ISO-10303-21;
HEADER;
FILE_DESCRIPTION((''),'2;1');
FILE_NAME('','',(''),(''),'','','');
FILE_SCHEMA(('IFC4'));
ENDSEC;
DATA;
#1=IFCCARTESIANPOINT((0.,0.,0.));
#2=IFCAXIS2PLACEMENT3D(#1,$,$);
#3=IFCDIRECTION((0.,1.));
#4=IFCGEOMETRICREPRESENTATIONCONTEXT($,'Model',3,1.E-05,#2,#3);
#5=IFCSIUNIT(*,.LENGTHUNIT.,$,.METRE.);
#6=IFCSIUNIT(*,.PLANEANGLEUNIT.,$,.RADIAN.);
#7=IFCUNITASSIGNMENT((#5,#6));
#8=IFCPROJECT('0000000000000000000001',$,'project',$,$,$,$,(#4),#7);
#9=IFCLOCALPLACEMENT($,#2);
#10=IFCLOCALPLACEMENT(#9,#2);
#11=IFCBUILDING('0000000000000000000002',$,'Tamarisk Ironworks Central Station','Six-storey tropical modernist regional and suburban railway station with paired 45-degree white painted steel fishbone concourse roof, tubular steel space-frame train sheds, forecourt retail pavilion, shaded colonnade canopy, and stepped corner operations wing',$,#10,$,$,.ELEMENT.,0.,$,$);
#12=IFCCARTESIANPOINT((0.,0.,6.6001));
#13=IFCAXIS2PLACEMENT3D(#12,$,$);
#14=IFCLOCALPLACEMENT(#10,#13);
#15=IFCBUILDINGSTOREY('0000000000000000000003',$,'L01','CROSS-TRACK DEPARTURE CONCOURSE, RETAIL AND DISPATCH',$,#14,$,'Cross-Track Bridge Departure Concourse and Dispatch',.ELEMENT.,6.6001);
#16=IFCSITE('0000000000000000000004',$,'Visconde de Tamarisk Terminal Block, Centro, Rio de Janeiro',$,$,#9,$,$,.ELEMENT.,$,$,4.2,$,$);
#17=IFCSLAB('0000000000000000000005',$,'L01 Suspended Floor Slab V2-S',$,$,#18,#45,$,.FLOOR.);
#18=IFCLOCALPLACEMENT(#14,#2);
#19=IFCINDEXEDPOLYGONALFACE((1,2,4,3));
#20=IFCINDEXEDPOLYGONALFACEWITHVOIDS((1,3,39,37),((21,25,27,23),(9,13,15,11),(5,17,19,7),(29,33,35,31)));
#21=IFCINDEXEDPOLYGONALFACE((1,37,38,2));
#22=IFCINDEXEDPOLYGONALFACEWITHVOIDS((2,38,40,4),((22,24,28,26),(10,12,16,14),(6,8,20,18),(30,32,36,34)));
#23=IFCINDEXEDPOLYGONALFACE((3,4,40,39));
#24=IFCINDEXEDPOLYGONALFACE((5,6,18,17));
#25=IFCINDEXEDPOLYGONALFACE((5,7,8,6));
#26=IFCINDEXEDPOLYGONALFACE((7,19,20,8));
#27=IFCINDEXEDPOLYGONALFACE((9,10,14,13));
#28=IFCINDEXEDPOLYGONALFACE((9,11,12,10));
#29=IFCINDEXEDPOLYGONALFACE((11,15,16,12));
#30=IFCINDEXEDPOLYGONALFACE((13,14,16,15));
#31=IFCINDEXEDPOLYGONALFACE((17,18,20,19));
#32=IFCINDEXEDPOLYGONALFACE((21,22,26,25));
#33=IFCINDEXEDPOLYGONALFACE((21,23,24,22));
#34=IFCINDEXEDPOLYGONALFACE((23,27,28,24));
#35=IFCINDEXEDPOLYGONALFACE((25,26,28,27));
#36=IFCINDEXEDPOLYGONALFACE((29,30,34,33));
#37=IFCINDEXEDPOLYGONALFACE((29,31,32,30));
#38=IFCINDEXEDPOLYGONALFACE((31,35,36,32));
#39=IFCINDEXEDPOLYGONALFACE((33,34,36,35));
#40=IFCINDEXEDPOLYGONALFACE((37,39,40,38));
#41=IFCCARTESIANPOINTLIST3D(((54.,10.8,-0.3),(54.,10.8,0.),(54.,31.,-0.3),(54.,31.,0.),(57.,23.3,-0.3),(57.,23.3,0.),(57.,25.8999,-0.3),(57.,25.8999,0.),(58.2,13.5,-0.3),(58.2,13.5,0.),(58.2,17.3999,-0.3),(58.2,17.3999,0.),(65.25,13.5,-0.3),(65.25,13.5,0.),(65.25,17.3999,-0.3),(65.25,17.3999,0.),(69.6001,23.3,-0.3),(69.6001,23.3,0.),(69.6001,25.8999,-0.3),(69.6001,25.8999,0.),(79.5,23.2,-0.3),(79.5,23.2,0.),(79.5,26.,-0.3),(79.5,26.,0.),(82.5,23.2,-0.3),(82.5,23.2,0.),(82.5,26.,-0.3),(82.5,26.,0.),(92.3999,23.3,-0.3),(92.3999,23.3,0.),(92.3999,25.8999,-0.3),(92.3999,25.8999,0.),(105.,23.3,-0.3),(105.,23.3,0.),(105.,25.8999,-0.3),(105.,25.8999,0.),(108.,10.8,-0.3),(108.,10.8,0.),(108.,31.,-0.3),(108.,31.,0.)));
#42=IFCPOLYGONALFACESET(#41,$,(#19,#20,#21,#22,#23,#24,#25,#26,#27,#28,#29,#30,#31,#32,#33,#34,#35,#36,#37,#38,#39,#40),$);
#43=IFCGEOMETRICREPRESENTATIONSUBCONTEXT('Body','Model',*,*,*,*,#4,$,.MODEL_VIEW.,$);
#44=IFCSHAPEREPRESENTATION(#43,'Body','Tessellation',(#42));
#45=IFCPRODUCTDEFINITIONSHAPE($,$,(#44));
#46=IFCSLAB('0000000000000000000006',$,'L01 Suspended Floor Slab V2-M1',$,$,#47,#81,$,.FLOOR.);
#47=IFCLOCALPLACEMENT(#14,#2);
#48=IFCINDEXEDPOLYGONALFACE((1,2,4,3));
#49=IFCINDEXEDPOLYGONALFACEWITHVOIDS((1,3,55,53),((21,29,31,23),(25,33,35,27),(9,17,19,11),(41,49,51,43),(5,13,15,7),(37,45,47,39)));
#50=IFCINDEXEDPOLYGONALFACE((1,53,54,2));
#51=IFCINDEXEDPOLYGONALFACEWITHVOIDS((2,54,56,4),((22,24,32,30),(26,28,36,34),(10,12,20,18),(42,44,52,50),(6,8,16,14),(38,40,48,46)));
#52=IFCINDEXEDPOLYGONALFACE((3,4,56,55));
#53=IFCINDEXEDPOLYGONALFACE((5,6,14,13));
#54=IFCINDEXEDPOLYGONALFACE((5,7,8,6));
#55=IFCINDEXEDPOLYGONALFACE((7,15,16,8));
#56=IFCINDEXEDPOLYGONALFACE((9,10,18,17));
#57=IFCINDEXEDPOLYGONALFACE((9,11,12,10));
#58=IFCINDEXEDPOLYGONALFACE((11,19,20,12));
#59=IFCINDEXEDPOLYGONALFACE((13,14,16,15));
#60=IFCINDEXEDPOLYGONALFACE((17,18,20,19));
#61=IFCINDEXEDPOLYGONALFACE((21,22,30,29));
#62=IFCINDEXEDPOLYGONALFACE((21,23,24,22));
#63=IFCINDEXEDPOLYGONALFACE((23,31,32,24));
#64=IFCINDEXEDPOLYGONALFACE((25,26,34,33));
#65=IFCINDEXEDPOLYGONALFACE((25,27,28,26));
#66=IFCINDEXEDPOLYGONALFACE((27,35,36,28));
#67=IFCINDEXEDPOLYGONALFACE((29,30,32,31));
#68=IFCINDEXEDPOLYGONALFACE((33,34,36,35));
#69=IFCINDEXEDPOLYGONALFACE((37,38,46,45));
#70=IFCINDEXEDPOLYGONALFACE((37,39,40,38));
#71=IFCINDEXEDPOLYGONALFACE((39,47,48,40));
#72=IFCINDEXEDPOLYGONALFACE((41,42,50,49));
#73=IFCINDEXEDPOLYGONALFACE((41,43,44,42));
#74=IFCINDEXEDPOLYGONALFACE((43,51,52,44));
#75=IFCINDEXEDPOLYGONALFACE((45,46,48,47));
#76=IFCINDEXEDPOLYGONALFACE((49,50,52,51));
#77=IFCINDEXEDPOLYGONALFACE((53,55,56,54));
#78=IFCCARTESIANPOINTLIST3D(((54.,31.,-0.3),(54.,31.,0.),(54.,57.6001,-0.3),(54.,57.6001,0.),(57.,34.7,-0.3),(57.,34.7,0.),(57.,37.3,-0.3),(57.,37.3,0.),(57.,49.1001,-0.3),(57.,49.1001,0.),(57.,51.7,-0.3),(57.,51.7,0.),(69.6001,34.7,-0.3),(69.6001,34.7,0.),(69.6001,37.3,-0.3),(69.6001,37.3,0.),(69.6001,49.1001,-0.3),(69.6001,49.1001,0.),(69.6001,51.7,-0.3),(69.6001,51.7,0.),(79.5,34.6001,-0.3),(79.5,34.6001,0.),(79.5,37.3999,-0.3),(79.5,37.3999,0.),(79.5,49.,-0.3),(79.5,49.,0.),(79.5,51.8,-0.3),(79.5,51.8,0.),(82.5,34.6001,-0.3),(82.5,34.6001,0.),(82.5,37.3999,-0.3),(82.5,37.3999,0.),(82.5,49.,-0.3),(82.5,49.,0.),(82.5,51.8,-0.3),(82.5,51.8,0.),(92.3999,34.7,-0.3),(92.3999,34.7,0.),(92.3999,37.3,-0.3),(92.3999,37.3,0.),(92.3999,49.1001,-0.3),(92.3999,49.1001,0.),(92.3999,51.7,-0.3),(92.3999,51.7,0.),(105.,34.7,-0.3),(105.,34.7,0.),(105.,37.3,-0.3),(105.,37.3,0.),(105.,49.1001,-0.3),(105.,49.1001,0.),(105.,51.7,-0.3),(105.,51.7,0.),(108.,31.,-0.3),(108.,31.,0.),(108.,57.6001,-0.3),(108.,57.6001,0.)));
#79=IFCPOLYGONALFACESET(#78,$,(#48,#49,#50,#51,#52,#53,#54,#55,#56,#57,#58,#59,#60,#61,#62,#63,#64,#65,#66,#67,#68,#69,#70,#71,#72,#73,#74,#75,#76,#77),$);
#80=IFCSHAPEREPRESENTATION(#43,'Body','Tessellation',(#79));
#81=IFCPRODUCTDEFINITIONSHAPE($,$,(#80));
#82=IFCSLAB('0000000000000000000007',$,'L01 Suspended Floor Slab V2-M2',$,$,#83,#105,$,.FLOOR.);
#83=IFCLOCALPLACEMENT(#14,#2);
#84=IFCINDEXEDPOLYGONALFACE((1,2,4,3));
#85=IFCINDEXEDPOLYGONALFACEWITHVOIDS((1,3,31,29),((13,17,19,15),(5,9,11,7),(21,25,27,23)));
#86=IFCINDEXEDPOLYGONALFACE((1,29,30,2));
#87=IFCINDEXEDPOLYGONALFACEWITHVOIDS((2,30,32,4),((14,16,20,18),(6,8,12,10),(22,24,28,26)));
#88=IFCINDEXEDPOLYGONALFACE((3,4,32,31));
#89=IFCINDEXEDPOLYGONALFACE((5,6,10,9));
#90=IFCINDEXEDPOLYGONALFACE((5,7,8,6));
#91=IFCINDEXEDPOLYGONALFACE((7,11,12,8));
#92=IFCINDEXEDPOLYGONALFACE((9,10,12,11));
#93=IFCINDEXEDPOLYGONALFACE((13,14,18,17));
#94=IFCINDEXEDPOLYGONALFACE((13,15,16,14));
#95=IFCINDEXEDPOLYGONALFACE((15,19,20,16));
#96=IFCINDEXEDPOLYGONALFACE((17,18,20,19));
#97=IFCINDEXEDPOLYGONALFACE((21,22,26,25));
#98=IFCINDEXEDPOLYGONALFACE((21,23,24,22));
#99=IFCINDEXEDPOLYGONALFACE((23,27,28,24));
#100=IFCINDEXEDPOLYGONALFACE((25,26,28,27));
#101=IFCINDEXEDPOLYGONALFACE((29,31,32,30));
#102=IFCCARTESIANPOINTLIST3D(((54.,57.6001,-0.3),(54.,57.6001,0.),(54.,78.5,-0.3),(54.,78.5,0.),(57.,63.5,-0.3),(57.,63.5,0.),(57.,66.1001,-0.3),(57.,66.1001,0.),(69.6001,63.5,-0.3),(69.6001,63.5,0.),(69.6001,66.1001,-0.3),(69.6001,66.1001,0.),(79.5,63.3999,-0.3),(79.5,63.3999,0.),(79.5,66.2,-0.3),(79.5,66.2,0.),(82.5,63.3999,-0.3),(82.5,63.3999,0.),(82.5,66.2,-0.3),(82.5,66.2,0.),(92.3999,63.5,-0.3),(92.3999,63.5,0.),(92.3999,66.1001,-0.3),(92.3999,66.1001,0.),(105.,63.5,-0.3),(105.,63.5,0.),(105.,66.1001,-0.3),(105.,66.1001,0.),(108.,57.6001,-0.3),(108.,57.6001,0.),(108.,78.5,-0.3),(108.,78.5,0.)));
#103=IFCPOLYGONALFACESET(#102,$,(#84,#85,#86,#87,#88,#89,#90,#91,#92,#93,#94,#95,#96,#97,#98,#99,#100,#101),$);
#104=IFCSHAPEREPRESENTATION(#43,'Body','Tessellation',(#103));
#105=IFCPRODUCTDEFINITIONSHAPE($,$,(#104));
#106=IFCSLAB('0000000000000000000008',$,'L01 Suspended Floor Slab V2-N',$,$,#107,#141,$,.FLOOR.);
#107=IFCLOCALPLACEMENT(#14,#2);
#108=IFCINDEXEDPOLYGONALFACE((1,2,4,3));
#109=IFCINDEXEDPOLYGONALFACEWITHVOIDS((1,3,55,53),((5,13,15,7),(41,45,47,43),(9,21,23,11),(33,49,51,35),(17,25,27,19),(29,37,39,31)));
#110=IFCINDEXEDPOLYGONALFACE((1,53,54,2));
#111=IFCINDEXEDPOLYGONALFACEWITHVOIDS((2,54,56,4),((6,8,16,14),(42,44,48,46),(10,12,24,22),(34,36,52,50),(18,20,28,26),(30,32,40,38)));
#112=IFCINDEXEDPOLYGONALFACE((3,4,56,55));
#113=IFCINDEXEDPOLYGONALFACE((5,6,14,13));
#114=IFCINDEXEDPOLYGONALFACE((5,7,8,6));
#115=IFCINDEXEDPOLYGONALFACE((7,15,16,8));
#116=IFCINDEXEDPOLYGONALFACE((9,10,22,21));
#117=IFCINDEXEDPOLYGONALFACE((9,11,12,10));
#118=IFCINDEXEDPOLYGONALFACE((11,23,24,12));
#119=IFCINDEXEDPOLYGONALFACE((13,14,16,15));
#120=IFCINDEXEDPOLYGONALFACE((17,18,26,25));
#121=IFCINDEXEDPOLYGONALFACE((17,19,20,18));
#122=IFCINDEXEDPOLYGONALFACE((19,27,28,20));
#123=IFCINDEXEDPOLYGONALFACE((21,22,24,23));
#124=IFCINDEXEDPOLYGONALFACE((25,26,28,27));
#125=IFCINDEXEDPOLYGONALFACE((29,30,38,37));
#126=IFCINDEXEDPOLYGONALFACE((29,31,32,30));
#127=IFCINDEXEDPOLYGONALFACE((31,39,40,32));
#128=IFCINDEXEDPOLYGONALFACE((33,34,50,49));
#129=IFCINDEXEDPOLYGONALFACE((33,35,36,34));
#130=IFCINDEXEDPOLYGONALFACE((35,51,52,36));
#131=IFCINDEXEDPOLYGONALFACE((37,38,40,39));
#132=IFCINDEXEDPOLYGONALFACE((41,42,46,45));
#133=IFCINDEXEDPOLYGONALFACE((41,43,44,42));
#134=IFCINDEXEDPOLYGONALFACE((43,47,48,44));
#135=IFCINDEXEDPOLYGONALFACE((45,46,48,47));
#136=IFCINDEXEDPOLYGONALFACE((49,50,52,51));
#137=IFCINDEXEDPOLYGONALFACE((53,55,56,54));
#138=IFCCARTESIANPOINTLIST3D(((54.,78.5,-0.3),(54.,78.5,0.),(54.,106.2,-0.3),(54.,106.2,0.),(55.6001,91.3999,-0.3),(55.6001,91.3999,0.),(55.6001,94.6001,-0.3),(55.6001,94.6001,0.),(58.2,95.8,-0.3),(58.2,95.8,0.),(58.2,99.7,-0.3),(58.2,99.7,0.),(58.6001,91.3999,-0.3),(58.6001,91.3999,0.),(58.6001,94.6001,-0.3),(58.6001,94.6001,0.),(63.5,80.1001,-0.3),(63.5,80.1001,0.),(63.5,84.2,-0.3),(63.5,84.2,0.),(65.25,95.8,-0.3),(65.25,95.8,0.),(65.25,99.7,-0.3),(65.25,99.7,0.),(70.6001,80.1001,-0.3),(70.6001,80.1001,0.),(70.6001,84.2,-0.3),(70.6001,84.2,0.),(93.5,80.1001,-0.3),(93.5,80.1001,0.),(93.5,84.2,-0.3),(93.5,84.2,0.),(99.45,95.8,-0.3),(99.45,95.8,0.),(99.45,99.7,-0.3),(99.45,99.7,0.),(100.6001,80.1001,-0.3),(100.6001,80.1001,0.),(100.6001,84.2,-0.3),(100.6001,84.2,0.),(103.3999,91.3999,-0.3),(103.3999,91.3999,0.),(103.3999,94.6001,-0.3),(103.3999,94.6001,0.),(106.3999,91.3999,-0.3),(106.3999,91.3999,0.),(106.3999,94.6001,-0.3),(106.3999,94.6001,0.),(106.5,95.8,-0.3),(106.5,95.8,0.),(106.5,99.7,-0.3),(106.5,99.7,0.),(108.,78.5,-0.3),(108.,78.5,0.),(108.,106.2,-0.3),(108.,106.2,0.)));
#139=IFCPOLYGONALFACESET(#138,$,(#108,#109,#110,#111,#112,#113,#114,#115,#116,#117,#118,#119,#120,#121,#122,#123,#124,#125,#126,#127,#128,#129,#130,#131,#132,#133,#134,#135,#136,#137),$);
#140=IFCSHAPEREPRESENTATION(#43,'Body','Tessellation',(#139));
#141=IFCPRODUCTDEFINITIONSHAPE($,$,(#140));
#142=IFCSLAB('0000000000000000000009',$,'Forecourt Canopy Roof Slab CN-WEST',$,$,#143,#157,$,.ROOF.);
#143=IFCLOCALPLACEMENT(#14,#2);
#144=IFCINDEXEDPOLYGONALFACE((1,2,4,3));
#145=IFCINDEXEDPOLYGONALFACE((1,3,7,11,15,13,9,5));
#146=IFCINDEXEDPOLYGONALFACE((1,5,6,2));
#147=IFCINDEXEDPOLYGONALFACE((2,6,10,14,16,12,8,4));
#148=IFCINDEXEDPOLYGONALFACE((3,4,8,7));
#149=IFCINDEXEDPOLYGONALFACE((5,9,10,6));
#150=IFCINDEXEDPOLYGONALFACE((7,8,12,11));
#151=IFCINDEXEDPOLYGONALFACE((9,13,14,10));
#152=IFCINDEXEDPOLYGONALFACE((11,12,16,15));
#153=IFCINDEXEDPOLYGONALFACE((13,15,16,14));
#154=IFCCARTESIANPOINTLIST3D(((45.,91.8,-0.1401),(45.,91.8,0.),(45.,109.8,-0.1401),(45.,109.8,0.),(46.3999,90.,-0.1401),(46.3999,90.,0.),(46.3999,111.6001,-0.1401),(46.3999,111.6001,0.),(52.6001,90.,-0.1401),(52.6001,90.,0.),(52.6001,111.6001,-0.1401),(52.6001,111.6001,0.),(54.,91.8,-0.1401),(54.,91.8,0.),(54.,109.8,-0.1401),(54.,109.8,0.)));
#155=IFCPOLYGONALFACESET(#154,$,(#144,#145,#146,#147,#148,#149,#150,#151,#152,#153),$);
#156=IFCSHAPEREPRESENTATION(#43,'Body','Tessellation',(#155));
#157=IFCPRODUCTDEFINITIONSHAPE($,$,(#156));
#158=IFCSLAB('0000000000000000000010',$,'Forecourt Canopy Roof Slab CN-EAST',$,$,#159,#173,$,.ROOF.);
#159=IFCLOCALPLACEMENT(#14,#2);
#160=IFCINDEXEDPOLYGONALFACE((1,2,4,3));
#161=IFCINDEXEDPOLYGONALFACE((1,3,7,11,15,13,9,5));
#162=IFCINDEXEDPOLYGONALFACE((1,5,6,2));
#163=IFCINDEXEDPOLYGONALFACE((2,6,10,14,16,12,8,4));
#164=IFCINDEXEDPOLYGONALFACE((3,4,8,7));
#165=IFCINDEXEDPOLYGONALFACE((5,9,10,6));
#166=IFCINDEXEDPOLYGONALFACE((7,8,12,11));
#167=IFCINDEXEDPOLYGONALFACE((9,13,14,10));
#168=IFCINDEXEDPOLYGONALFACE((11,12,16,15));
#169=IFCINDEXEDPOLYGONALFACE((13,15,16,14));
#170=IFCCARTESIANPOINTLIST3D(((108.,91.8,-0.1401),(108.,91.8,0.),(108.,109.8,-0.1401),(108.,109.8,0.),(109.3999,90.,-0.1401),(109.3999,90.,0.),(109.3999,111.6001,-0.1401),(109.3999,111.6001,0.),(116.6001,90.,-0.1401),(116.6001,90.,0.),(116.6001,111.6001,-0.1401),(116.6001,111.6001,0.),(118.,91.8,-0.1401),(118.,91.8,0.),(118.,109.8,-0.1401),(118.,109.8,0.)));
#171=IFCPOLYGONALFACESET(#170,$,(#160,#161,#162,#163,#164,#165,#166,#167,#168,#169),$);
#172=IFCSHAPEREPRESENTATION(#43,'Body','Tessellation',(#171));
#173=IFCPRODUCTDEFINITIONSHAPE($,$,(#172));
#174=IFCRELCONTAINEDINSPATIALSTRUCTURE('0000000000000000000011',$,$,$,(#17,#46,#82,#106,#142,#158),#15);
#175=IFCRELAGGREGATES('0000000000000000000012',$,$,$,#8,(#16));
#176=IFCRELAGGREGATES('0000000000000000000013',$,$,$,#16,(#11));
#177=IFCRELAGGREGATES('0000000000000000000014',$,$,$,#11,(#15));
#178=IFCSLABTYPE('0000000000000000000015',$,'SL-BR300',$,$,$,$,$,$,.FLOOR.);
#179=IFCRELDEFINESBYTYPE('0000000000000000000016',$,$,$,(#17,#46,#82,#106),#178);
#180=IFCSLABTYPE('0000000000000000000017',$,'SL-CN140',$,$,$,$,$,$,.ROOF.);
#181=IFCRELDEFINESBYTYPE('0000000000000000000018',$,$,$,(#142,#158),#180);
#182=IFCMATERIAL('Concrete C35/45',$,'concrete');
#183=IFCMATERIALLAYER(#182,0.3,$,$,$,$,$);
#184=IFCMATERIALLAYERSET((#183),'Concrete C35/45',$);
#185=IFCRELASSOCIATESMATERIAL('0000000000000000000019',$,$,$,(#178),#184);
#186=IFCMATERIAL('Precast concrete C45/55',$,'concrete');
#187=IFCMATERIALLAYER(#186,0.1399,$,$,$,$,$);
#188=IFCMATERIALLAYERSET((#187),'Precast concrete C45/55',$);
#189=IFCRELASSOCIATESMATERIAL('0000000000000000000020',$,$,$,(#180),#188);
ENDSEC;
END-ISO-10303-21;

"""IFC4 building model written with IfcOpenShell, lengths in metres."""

from ifc_helpers import new_model, si_unit, direction, frame, origin, place, context, subcontext, project, spatial, polyline, outline, extrude, material, layer, layer_set, type_object, element, save


model = new_model("IFC4")

# Units and contexts
model_context = context("Model", 3, precision=1e-05, world=origin(), true_north=direction((0.0, 1.0)))
body_context = subcontext(model_context, "Body", "Model", "MODEL_VIEW")
ifc_project = project(units=[si_unit("LENGTHUNIT", "METRE"), si_unit("PLANEANGLEUNIT", "RADIAN")], contexts=[model_context])

# Site, building, storey
site_placement = place(None, origin())
site = spatial("IfcSite", under=ifc_project, at=site_placement, Name="Visconde de Tamarisk Terminal Block, Centro, Rio de Janeiro", CompositionType="ELEMENT", RefElevation=4.2)
building_placement = place(site_placement, origin())
building = spatial("IfcBuilding", under=site, at=building_placement, Name="Tamarisk Ironworks Central Station", Description="Six-storey tropical modernist regional and suburban railway station with paired 45-degree white painted steel fishbone concourse roof, tubular steel space-frame train sheds, forecourt retail pavilion, shaded colonnade canopy, and stepped corner operations wing", CompositionType="ELEMENT", ElevationOfRefHeight=0.0)
storey_placement = place(building_placement, frame((0.0, 0.0, 6.6001)))
storey = spatial("IfcBuildingStorey", under=building, at=storey_placement, Name="L01", Description="CROSS-TRACK DEPARTURE CONCOURSE, RETAIL AND DISPATCH", LongName="Cross-Track Bridge Departure Concourse and Dispatch", CompositionType="ELEMENT", Elevation=6.6001)

# Slabs
ifc_material_1 = material(Name="Concrete C35/45", Category="concrete")
ifc_layer_1 = layer(ifc_material_1, 0.3)
ifc_layer_set_1 = layer_set([ifc_layer_1], Name="Concrete C35/45")
slab_type_1 = type_object("IfcSlabType", Name="SL-BR300", PredefinedType="FLOOR", material=ifc_layer_set_1)
slab_1_placement = place(storey_placement, frame((0.0, 0.0, -0.3)))
element("IfcSlab", 1, at=slab_1_placement, inside=storey, type_object=slab_type_1, Name="L01 Suspended Floor Slab V2-S", PredefinedType="FLOOR", context=body_context, shape_type="SweptSolid", body=[
    extrude(outline(polyline([(54.0, 10.8), (108.0, 10.8), (108.0, 31.0), (54.0, 31.0), (54.0, 10.8)]), holes=[polyline([(58.2, 13.5), (65.25, 13.5), (65.25, 17.3999), (58.2, 17.3999), (58.2, 13.5)]), polyline([(79.5, 23.2), (82.5, 23.2), (82.5, 26.0), (79.5, 26.0), (79.5, 23.2)]), polyline([(57.0, 23.3), (69.6001, 23.3), (69.6001, 25.8999), (57.0, 25.8999), (57.0, 23.3)]), polyline([(92.3999, 23.3), (105.0, 23.3), (105.0, 25.8999), (92.3999, 25.8999), (92.3999, 23.3)])]), origin(), (0.0, 0.0, 1.0), 0.3),
])
slab_2_placement = place(storey_placement, frame((0.0, 0.0, -0.3)))
element("IfcSlab", 2, at=slab_2_placement, inside=storey, type_object=slab_type_1, Name="L01 Suspended Floor Slab V2-M1", PredefinedType="FLOOR", context=body_context, shape_type="SweptSolid", body=[
    extrude(outline(polyline([(54.0, 31.0), (108.0, 31.0), (108.0, 57.6001), (54.0, 57.6001), (54.0, 31.0)]), holes=[polyline([(79.5, 34.6001), (82.5, 34.6001), (82.5, 37.3999), (79.5, 37.3999), (79.5, 34.6001)]), polyline([(79.5, 49.0), (82.5, 49.0), (82.5, 51.8), (79.5, 51.8), (79.5, 49.0)]), polyline([(57.0, 34.7), (69.6001, 34.7), (69.6001, 37.3), (57.0, 37.3), (57.0, 34.7)]), polyline([(92.3999, 34.7), (105.0, 34.7), (105.0, 37.3), (92.3999, 37.3), (92.3999, 34.7)]), polyline([(57.0, 49.1001), (69.6001, 49.1001), (69.6001, 51.7), (57.0, 51.7), (57.0, 49.1001)]), polyline([(92.3999, 49.1001), (105.0, 49.1001), (105.0, 51.7), (92.3999, 51.7), (92.3999, 49.1001)])]), origin(), (0.0, 0.0, 1.0), 0.3),
])
slab_3_placement = place(storey_placement, frame((0.0, 0.0, -0.3)))
element("IfcSlab", 3, at=slab_3_placement, inside=storey, type_object=slab_type_1, Name="L01 Suspended Floor Slab V2-M2", PredefinedType="FLOOR", context=body_context, shape_type="SweptSolid", body=[
    extrude(outline(polyline([(54.0, 57.6001), (108.0, 57.6001), (108.0, 78.5), (54.0, 78.5), (54.0, 57.6001)]), holes=[polyline([(79.5, 63.3999), (82.5, 63.3999), (82.5, 66.2), (79.5, 66.2), (79.5, 63.3999)]), polyline([(57.0, 63.5), (69.6001, 63.5), (69.6001, 66.1001), (57.0, 66.1001), (57.0, 63.5)]), polyline([(92.3999, 63.5), (105.0, 63.5), (105.0, 66.1001), (92.3999, 66.1001), (92.3999, 63.5)])]), origin(), (0.0, 0.0, 1.0), 0.3),
])
slab_4_placement = place(storey_placement, frame((0.0, 0.0, -0.3)))
element("IfcSlab", 4, at=slab_4_placement, inside=storey, type_object=slab_type_1, Name="L01 Suspended Floor Slab V2-N", PredefinedType="FLOOR", context=body_context, shape_type="SweptSolid", body=[
    extrude(outline(polyline([(54.0, 78.5), (108.0, 78.5), (108.0, 106.2), (54.0, 106.2), (54.0, 78.5)]), holes=[polyline([(58.2, 95.8), (65.25, 95.8), (65.25, 99.7), (58.2, 99.7), (58.2, 95.8)]), polyline([(99.45, 95.8), (106.5, 95.8), (106.5, 99.7), (99.45, 99.7), (99.45, 95.8)]), polyline([(63.5, 80.1001), (70.6001, 80.1001), (70.6001, 84.2), (63.5, 84.2), (63.5, 80.1001)]), polyline([(93.5, 80.1001), (100.6001, 80.1001), (100.6001, 84.2), (93.5, 84.2), (93.5, 80.1001)]), polyline([(55.6001, 91.3999), (58.6001, 91.3999), (58.6001, 94.6001), (55.6001, 94.6001), (55.6001, 91.3999)]), polyline([(103.3999, 91.3999), (106.3999, 91.3999), (106.3999, 94.6001), (103.3999, 94.6001), (103.3999, 91.3999)])]), origin(), (0.0, 0.0, 1.0), 0.3),
])
ifc_material_2 = material(Name="Precast concrete C45/55", Category="concrete")
ifc_layer_2 = layer(ifc_material_2, 0.1399)
ifc_layer_set_2 = layer_set([ifc_layer_2], Name="Precast concrete C45/55")
slab_type_2 = type_object("IfcSlabType", Name="SL-CN140", PredefinedType="ROOF", material=ifc_layer_set_2)
slab_5_placement = place(storey_placement, frame((0.0, 0.0, -0.1401)))
element("IfcSlab", 5, at=slab_5_placement, inside=storey, type_object=slab_type_2, Name="Forecourt Canopy Roof Slab CN-WEST", PredefinedType="ROOF", context=body_context, shape_type="SweptSolid", body=[
    extrude(outline(polyline([(46.3999, 90.0), (52.6001, 90.0), (54.0, 91.8), (54.0, 109.8), (52.6001, 111.6001), (46.3999, 111.6001), (45.0, 109.8), (45.0, 91.8), (46.3999, 90.0)])), origin(), (0.0, 0.0, 1.0), 0.1401),
])
slab_6_placement = place(storey_placement, frame((0.0, 0.0, -0.1401)))
element("IfcSlab", 6, at=slab_6_placement, inside=storey, type_object=slab_type_2, Name="Forecourt Canopy Roof Slab CN-EAST", PredefinedType="ROOF", context=body_context, shape_type="SweptSolid", body=[
    extrude(outline(polyline([(109.3999, 90.0), (116.6001, 90.0), (118.0, 91.8), (118.0, 109.8), (116.6001, 111.6001), (109.3999, 111.6001), (108.0, 109.8), (108.0, 91.8), (109.3999, 90.0)])), origin(), (0.0, 0.0, 1.0), 0.1401),
])

save(model, "model.ifc")
